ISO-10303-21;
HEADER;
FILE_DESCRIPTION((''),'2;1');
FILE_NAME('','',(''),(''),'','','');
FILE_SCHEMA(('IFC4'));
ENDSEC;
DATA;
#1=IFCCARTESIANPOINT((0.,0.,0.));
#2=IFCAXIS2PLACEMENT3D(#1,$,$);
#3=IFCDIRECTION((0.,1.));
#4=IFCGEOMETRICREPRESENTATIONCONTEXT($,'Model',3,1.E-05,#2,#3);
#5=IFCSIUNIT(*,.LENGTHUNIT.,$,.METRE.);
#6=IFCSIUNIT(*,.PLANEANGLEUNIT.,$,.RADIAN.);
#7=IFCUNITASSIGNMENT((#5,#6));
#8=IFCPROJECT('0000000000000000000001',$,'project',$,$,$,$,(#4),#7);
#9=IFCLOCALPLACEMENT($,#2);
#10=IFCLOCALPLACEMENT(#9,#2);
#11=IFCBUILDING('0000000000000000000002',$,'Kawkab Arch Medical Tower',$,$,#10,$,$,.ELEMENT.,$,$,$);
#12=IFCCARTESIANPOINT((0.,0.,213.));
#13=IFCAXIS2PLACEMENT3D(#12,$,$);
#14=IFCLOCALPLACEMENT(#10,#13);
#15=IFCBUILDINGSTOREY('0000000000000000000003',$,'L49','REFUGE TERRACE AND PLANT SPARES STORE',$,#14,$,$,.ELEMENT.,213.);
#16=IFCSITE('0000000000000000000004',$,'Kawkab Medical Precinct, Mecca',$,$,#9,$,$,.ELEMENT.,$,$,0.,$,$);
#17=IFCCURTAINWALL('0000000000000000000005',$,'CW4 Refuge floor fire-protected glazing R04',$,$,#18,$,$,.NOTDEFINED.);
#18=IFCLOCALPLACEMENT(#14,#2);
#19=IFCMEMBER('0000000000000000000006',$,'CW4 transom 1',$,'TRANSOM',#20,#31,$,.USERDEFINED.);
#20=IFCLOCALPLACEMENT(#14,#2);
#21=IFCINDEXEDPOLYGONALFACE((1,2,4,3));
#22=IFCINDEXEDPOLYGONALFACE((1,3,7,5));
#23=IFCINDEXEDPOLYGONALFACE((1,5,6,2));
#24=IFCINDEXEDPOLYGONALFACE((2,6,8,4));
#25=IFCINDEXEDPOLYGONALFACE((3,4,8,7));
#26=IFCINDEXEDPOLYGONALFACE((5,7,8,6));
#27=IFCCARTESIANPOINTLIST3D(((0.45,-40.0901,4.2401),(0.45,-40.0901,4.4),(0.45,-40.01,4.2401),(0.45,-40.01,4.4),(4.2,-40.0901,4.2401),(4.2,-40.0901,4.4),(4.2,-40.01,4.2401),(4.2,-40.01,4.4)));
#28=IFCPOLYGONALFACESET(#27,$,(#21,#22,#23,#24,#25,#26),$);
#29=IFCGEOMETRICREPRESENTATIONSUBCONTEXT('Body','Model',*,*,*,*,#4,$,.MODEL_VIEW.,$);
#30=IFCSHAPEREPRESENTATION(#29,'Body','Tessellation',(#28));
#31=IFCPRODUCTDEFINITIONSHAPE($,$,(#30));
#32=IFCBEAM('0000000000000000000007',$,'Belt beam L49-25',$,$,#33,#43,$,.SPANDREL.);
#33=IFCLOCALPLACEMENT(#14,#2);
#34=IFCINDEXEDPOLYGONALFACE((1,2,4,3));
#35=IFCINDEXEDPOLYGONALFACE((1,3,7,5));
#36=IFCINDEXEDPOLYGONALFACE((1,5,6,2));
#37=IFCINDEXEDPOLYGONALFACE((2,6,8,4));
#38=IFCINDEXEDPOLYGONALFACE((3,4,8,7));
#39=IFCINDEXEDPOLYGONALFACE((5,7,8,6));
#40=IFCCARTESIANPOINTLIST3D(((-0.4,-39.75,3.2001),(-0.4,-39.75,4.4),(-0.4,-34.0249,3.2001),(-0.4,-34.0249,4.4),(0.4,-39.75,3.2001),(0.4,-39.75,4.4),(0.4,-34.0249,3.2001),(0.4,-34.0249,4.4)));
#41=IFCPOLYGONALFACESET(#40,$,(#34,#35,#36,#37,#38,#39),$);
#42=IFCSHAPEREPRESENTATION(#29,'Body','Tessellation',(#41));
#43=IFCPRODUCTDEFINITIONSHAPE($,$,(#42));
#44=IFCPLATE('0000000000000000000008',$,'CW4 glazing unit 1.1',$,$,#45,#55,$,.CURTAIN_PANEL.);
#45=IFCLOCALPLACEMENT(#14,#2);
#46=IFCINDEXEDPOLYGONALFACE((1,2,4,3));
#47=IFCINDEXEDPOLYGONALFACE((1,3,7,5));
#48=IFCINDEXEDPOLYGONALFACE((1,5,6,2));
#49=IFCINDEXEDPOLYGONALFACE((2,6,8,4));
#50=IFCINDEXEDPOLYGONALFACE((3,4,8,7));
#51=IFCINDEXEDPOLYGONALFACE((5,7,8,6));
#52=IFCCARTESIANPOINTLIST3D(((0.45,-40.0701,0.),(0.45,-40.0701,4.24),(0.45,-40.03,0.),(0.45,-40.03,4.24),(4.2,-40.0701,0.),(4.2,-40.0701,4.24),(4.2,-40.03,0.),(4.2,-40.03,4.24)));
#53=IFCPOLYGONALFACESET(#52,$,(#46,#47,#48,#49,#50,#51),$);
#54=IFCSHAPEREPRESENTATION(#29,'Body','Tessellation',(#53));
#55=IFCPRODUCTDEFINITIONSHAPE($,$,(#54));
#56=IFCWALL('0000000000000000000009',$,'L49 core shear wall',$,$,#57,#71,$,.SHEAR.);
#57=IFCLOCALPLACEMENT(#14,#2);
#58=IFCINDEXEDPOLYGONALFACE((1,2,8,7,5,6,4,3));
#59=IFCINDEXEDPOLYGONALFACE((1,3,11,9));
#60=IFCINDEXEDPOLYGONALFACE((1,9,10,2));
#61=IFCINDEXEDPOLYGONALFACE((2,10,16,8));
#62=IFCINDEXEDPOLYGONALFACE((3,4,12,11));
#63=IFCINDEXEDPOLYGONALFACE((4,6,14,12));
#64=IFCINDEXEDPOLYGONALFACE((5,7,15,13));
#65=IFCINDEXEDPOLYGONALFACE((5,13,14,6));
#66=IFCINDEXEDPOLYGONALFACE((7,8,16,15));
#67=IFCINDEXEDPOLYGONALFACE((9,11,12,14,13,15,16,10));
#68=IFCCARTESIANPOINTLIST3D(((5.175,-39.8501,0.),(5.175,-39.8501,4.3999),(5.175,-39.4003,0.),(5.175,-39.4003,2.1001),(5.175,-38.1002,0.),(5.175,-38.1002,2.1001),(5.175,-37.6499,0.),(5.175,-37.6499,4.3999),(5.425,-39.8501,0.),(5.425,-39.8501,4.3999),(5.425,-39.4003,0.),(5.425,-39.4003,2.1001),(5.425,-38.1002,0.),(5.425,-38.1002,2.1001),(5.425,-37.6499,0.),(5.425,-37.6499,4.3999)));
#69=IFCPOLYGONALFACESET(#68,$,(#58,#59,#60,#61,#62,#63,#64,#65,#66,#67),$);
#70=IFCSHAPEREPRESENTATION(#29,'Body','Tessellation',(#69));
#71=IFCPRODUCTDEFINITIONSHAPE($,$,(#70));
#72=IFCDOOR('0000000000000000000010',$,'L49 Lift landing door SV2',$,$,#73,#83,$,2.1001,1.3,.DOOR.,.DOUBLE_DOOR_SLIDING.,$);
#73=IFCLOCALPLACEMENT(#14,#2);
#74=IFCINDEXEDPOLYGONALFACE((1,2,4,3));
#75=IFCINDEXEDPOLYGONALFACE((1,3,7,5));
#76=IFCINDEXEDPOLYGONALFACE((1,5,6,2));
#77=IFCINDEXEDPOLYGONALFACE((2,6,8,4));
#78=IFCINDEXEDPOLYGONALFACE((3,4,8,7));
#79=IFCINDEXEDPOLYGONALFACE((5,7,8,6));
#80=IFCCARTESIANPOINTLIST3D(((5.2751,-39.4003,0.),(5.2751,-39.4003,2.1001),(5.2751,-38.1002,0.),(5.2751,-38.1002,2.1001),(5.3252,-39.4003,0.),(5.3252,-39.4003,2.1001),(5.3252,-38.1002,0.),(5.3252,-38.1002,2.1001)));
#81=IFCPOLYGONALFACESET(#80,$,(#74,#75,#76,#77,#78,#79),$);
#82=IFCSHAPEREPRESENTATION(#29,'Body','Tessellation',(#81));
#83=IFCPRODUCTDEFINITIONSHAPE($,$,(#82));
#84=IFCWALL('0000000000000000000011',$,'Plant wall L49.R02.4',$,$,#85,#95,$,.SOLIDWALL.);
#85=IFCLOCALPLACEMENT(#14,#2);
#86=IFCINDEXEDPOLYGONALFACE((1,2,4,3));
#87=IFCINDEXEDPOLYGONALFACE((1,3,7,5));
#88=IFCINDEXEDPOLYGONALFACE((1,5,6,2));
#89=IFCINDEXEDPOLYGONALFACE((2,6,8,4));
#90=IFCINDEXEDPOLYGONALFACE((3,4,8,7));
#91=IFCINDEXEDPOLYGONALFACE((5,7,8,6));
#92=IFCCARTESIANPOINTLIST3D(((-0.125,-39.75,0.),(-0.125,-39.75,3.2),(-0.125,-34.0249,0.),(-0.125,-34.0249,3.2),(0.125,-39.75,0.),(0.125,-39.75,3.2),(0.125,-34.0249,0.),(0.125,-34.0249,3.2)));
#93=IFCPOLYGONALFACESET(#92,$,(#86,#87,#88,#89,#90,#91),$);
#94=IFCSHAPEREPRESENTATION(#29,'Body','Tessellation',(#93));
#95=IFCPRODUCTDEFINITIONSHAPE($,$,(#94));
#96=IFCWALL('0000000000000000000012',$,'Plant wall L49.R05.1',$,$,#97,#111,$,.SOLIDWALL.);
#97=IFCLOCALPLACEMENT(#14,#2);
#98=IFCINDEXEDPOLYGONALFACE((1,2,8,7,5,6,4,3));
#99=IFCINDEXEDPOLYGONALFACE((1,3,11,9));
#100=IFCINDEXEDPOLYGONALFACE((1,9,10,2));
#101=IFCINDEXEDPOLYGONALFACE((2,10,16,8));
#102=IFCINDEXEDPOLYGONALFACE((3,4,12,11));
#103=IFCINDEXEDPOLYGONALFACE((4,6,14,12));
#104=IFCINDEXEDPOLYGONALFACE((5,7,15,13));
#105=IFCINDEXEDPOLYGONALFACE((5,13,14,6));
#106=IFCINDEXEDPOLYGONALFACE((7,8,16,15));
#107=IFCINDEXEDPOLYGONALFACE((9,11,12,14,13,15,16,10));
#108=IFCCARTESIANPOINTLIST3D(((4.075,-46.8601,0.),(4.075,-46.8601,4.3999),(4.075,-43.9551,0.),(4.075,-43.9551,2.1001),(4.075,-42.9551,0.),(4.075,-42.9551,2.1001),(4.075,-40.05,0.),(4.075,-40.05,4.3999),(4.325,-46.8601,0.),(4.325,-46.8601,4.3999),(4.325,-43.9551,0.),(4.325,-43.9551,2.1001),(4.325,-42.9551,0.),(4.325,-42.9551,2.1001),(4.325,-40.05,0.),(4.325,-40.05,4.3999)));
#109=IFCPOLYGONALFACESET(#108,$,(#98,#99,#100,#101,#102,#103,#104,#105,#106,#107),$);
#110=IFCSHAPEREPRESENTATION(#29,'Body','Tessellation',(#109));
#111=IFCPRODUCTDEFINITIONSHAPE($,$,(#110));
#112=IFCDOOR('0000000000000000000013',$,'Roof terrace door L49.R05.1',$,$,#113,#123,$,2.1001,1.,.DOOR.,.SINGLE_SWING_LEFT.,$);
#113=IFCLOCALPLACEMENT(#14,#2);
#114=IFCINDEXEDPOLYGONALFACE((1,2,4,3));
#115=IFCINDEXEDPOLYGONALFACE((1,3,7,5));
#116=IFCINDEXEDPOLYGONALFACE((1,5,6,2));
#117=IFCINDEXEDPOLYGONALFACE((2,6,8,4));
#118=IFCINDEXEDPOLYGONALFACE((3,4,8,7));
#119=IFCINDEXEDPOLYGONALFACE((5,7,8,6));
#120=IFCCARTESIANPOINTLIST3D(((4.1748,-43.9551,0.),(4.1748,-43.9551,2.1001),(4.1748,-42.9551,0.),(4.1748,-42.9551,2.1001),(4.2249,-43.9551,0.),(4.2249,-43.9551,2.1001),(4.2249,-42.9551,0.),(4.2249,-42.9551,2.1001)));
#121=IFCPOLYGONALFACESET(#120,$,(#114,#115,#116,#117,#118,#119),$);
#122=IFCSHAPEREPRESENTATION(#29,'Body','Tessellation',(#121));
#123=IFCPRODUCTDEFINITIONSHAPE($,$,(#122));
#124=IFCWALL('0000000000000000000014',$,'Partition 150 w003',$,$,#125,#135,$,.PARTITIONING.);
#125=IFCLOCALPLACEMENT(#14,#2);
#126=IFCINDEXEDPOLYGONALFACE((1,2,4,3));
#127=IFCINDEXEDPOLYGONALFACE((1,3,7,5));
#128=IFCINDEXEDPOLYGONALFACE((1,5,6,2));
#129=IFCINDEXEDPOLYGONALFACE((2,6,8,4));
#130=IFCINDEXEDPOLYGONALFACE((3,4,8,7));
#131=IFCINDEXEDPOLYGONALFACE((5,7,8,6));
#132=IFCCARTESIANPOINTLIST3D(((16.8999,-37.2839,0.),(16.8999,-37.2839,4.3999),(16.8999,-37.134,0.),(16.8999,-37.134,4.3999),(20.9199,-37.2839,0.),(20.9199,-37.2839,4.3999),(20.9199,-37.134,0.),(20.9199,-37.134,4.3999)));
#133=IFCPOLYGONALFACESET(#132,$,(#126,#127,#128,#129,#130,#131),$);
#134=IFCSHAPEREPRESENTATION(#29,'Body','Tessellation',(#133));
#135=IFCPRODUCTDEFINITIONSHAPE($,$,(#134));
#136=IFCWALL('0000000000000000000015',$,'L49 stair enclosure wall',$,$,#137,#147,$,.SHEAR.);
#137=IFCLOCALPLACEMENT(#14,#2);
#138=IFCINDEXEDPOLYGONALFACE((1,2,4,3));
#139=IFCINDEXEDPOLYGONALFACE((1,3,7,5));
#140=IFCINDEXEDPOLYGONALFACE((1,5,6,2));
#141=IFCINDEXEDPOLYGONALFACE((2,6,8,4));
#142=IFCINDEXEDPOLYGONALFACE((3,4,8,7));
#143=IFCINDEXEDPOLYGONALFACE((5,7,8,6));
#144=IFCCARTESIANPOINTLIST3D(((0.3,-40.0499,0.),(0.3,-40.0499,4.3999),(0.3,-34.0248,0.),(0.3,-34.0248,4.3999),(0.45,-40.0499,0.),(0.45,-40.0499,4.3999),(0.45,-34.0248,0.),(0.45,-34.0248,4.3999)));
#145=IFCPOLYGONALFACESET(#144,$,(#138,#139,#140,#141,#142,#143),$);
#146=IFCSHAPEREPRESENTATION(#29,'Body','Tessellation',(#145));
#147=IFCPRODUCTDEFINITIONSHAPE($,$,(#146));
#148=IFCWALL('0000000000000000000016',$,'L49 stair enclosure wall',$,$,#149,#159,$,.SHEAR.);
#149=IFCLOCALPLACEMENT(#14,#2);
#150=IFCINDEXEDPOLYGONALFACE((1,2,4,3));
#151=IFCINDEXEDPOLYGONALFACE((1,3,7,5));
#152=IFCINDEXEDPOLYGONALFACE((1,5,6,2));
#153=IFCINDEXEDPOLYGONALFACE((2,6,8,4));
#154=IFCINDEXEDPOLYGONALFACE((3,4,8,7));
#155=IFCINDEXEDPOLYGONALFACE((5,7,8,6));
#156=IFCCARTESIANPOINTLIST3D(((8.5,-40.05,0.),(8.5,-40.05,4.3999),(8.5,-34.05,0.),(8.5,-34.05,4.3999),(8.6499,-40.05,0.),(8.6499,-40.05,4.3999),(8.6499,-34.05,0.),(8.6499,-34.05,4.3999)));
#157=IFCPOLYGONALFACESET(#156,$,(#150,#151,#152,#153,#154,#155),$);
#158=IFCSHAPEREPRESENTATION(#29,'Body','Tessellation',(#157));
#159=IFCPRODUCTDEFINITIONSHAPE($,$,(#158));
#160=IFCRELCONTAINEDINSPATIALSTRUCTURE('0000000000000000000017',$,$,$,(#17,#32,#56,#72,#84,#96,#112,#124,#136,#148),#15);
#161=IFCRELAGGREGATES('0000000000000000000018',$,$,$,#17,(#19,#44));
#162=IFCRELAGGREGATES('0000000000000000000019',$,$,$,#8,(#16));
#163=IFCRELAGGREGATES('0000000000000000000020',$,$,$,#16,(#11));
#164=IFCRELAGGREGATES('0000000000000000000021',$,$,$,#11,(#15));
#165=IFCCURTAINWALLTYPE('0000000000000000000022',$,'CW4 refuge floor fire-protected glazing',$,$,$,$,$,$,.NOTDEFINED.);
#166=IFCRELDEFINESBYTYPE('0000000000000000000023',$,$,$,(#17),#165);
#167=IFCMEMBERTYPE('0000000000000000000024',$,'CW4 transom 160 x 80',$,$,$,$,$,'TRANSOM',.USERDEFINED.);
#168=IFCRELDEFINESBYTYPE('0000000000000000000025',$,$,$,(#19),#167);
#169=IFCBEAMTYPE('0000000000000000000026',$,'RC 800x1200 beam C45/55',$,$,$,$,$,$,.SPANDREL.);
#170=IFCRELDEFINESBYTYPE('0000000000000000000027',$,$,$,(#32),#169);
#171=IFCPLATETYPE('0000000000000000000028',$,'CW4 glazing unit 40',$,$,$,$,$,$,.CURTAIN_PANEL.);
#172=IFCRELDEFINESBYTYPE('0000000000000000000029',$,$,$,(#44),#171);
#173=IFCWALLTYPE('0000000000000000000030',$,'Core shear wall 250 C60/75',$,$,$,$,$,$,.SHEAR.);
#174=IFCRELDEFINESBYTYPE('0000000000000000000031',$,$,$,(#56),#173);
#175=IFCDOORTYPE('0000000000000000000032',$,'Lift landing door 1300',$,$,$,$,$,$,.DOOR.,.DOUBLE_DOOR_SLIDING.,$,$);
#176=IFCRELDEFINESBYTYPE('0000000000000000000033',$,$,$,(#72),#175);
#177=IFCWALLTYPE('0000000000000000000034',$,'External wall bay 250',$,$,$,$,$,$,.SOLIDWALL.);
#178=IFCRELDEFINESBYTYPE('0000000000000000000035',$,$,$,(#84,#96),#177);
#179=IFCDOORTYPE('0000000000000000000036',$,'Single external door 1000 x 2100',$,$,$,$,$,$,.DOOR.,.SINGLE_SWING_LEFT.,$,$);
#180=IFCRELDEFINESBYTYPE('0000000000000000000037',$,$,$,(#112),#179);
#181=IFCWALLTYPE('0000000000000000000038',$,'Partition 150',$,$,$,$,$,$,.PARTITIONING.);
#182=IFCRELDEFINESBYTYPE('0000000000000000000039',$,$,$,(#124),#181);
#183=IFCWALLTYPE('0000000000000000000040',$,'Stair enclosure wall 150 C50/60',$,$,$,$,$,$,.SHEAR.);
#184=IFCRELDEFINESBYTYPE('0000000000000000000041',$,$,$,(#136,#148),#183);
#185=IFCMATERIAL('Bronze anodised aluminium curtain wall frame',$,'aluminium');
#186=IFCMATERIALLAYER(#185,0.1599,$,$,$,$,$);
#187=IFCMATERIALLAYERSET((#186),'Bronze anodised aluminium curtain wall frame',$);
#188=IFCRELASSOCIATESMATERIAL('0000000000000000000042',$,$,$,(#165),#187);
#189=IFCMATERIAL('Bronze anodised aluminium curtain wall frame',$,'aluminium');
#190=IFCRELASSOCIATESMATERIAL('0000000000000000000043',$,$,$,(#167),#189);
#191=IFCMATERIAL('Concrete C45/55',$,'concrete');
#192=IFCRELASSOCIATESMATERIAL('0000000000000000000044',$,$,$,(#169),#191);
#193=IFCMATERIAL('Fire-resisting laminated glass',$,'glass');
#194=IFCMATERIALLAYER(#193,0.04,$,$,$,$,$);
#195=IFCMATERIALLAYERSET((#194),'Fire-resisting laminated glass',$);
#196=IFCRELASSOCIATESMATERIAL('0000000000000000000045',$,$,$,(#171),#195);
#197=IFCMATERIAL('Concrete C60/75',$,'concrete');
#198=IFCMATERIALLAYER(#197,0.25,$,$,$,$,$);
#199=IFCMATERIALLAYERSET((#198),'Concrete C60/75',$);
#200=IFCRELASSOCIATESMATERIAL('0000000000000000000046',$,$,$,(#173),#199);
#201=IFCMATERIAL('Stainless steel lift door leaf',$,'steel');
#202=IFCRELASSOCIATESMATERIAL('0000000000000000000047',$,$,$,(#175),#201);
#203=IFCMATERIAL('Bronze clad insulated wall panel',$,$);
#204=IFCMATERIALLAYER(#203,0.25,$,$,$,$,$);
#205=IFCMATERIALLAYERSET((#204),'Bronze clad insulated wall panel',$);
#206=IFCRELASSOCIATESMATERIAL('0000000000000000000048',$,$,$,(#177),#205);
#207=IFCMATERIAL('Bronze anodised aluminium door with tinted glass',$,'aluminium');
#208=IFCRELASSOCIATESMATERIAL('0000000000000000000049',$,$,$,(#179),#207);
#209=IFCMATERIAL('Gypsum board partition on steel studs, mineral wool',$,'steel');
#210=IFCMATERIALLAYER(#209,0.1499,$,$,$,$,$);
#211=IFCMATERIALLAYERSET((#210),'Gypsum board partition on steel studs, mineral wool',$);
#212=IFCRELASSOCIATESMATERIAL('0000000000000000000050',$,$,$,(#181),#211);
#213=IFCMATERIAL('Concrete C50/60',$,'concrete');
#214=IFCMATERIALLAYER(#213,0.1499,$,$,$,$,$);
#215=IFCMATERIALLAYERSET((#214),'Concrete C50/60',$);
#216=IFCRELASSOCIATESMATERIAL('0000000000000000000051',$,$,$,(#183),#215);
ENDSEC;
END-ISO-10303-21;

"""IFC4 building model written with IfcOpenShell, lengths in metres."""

from ifc_helpers import new_model, si_unit, direction, frame, frame_2d, origin, origin_2d, place, context, subcontext, project, spatial, rectangle, extrude, material, layer, layer_set, material_profile, profile_set, type_object, element, fill, aggregate, save


model = new_model("IFC4")

# Units and contexts
model_context = context("Model", 3, precision=1e-05, world=origin(), true_north=direction((0.0, 1.0)))
body_context = subcontext(model_context, "Body", "Model", "MODEL_VIEW")
ifc_project = project(units=[si_unit("LENGTHUNIT", "METRE"), si_unit("PLANEANGLEUNIT", "RADIAN")], contexts=[model_context])

# Site, building, storey
site_placement = place(None, origin())
site = spatial("IfcSite", under=ifc_project, at=site_placement, Name="Kawkab Medical Precinct, Mecca", CompositionType="ELEMENT", RefElevation=0.0)
building_placement = place(site_placement, origin())
building = spatial("IfcBuilding", under=site, at=building_placement, Name="Kawkab Arch Medical Tower", CompositionType="ELEMENT")
storey_placement = place(building_placement, frame((0.0, 0.0, 213.0)))
storey = spatial("IfcBuildingStorey", under=building, at=storey_placement, Name="L49", Description="REFUGE TERRACE AND PLANT SPARES STORE", CompositionType="ELEMENT", Elevation=213.0)

# Curtain wall, member
ifc_material_1 = material(Name="Bronze anodised aluminium curtain wall frame", Category="aluminium")
ifc_layer_1 = layer(ifc_material_1, 0.1599)
ifc_layer_set_1 = layer_set([ifc_layer_1], Name="Bronze anodised aluminium curtain wall frame")
curtain_wall_type = type_object("IfcCurtainWallType", Name="CW4 refuge floor fire-protected glazing", PredefinedType="NOTDEFINED", material=ifc_layer_set_1)
placement = place(storey_placement, origin())
curtain_wall = element("IfcCurtainWall", 1, at=placement, inside=storey, type_object=curtain_wall_type, Name="CW4 Refuge floor fire-protected glazing R04", PredefinedType="NOTDEFINED")
ifc_material_2 = material(Name="Bronze anodised aluminium curtain wall frame", Category="aluminium")
ifc_material_profile_1 = material_profile(ifc_material_2, rectangle(XDim=0.0801, YDim=0.1599, at=origin_2d()), Name="AL 80x160")
ifc_profile_set_1 = profile_set([ifc_material_profile_1], Name="Bronze anodised aluminium curtain wall frame")
member_type = type_object("IfcMemberType", Name="CW4 transom 160 x 80", ElementType="TRANSOM", PredefinedType="USERDEFINED", material=ifc_profile_set_1)
member_placement = place(storey_placement, frame((0.45, -40.05, 4.3201), z_axis=(1.0, 0.0, 0.0), x_axis=(0.0, 1.0, 0.0)))
member = element("IfcMember", 2, at=member_placement, type_object=member_type, Name="CW4 transom 1", ObjectType="TRANSOM", PredefinedType="USERDEFINED", context=body_context, shape_type="SweptSolid", body=[
    extrude(rectangle(XDim=0.0801, YDim=0.1599, at=origin_2d()), origin(), (0.0, 0.0, 1.0), 3.75),
])

# Beam
ifc_material_3 = material(Name="Concrete C45/55", Category="concrete")
ifc_material_profile_2 = material_profile(ifc_material_3, rectangle(XDim=0.8, YDim=1.2, at=origin_2d()), Name="RC 800x1200")
ifc_profile_set_2 = profile_set([ifc_material_profile_2], Name="Concrete C45/55")
beam_type = type_object("IfcBeamType", Name="RC 800x1200 beam C45/55", PredefinedType="SPANDREL", material=ifc_profile_set_2)
beam_placement = place(storey_placement, frame((0.0, -39.75, 3.8), z_axis=(0.0, 1.0, 0.0), x_axis=(-1.0, 0.0, 0.0)))
element("IfcBeam", 3, at=beam_placement, inside=storey, type_object=beam_type, Name="Belt beam L49-25", PredefinedType="SPANDREL", context=body_context, shape_type="SweptSolid", body=[
    extrude(rectangle(XDim=0.8, YDim=1.2, at=origin_2d()), origin(), (0.0, 0.0, 1.0), 5.7251),
])

# Plate
ifc_material_4 = material(Name="Fire-resisting laminated glass", Category="glass")
ifc_layer_2 = layer(ifc_material_4, 0.04)
ifc_layer_set_2 = layer_set([ifc_layer_2], Name="Fire-resisting laminated glass")
plate_type = type_object("IfcPlateType", Name="CW4 glazing unit 40", PredefinedType="CURTAIN_PANEL", material=ifc_layer_set_2)
plate_placement = place(storey_placement, frame((2.325, -40.05, 0.0), z_axis=(0.0, 0.0, 1.0), x_axis=(1.0, 0.0, 0.0)))
plate = element("IfcPlate", 4, at=plate_placement, type_object=plate_type, Name="CW4 glazing unit 1.1", PredefinedType="CURTAIN_PANEL", context=body_context, shape_type="SweptSolid", body=[
    extrude(rectangle(XDim=3.75, YDim=0.04, at=origin_2d()), origin(), (0.0, 0.0, 1.0), 4.24),
])
aggregate(curtain_wall, [member, plate])

# Wall, opening, door
ifc_material_5 = material(Name="Concrete C60/75", Category="concrete")
ifc_layer_3 = layer(ifc_material_5, 0.25)
ifc_layer_set_3 = layer_set([ifc_layer_3], Name="Concrete C60/75")
wall_type_1 = type_object("IfcWallType", Name="Core shear wall 250 C60/75", PredefinedType="SHEAR", material=ifc_layer_set_3)
wall_1_placement = place(storey_placement, frame((5.3, -39.8501, 0.0), z_axis=(0.0, 0.0, 1.0), x_axis=(0.0, 1.0, 0.0)))
wall_1 = element("IfcWall", 5, at=wall_1_placement, inside=storey, type_object=wall_type_1, Name="L49 core shear wall", PredefinedType="SHEAR", context=body_context, shape_type="SweptSolid", body=[
    extrude(rectangle(XDim=2.2002, YDim=0.25, at=frame_2d((1.1001, 0.0))), origin(), (0.0, 0.0, 1.0), 4.3999),
])
opening_1_placement = place(wall_1_placement, frame((0.45, 0.0, 0.0)))
opening_1 = element("IfcOpeningElement", 6, at=opening_1_placement, cuts=wall_1, PredefinedType="OPENING", context=body_context, shape_type="SweptSolid", body=[
    extrude(rectangle(XDim=1.3, YDim=2.1001, at=frame_2d((0.6499, 1.05))), frame((0.0, 0.135, 0.0), z_axis=(0.0, -1.0, 0.0), x_axis=(1.0, 0.0, 0.0)), (0.0, 0.0, 1.0), 0.27),
])
ifc_material_6 = material(Name="Stainless steel lift door leaf", Category="steel")
door_type_1 = type_object("IfcDoorType", Name="Lift landing door 1300", OperationType="DOUBLE_DOOR_SLIDING", PredefinedType="DOOR", material=ifc_material_6)
door_1_placement = place(opening_1_placement, origin())
door_1 = element("IfcDoor", 7, at=door_1_placement, inside=storey, type_object=door_type_1, Name="L49 Lift landing door SV2", OperationType="DOUBLE_DOOR_SLIDING", OverallHeight=2.1001, OverallWidth=1.3, PredefinedType="DOOR", context=body_context, shape_type="SweptSolid", body=[
    extrude(rectangle(XDim=1.3, YDim=2.1001, at=frame_2d((0.6499, 1.05))), frame((0.0, 0.0249, 0.0), z_axis=(0.0, -1.0, 0.0), x_axis=(1.0, 0.0, 0.0)), (0.0, 0.0, 1.0), 0.05),
])
fill(opening_1, door_1)

# Wall
ifc_material_7 = material(Name="Bronze clad insulated wall panel")
ifc_layer_4 = layer(ifc_material_7, 0.25)
ifc_layer_set_4 = layer_set([ifc_layer_4], Name="Bronze clad insulated wall panel")
wall_type_2 = type_object("IfcWallType", Name="External wall bay 250", PredefinedType="SOLIDWALL", material=ifc_layer_set_4)
wall_2_placement = place(storey_placement, frame((0.0, -34.0249, 0.0), z_axis=(0.0, 0.0, 1.0), x_axis=(0.0, -1.0, 0.0)))
element("IfcWall", 8, at=wall_2_placement, inside=storey, type_object=wall_type_2, Name="Plant wall L49.R02.4", PredefinedType="SOLIDWALL", context=body_context, shape_type="SweptSolid", body=[
    extrude(rectangle(XDim=5.7251, YDim=0.25, at=frame_2d((2.8625, 0.0))), origin(), (0.0, 0.0, 1.0), 3.2),
])

# Wall, opening, door
wall_3_placement = place(storey_placement, frame((4.2, -40.05, 0.0), z_axis=(0.0, 0.0, 1.0), x_axis=(0.0, -1.0, 0.0)))
wall_3 = element("IfcWall", 9, at=wall_3_placement, inside=storey, type_object=wall_type_2, Name="Plant wall L49.R05.1", PredefinedType="SOLIDWALL", context=body_context, shape_type="SweptSolid", body=[
    extrude(rectangle(XDim=6.8101, YDim=0.25, at=frame_2d((3.405, 0.0))), origin(), (0.0, 0.0, 1.0), 4.3999),
])
opening_2_placement = place(wall_3_placement, frame((2.905, 0.0, 0.0)))
opening_2 = element("IfcOpeningElement", 10, at=opening_2_placement, cuts=wall_3, PredefinedType="OPENING", context=body_context, shape_type="SweptSolid", body=[
    extrude(rectangle(XDim=1.0, YDim=2.1001, at=frame_2d((0.5, 1.05))), frame((0.0, 0.135, 0.0), z_axis=(0.0, -1.0, 0.0), x_axis=(1.0, 0.0, 0.0)), (0.0, 0.0, 1.0), 0.27),
])
ifc_material_8 = material(Name="Bronze anodised aluminium door with tinted glass", Category="aluminium")
door_type_2 = type_object("IfcDoorType", Name="Single external door 1000 x 2100", OperationType="SINGLE_SWING_LEFT", PredefinedType="DOOR", material=ifc_material_8)
door_2_placement = place(opening_2_placement, origin())
door_2 = element("IfcDoor", 11, at=door_2_placement, inside=storey, type_object=door_type_2, Name="Roof terrace door L49.R05.1", OperationType="SINGLE_SWING_LEFT", OverallHeight=2.1001, OverallWidth=1.0, PredefinedType="DOOR", context=body_context, shape_type="SweptSolid", body=[
    extrude(rectangle(XDim=1.0, YDim=2.1001, at=frame_2d((0.5, 1.05))), frame((0.0, 0.0249, 0.0), z_axis=(0.0, -1.0, 0.0), x_axis=(1.0, 0.0, 0.0)), (0.0, 0.0, 1.0), 0.05),
])
fill(opening_2, door_2)

# Walls
ifc_material_9 = material(Name="Gypsum board partition on steel studs, mineral wool", Category="steel")
ifc_layer_5 = layer(ifc_material_9, 0.1499)
ifc_layer_set_5 = layer_set([ifc_layer_5], Name="Gypsum board partition on steel studs, mineral wool")
wall_type_3 = type_object("IfcWallType", Name="Partition 150", PredefinedType="PARTITIONING", material=ifc_layer_set_5)
wall_4_placement = place(storey_placement, frame((16.8999, -37.209, 0.0), z_axis=(0.0, 0.0, 1.0), x_axis=(1.0, 0.0, 0.0)))
element("IfcWall", 12, at=wall_4_placement, inside=storey, type_object=wall_type_3, Name="Partition 150 w003", PredefinedType="PARTITIONING", context=body_context, shape_type="SweptSolid", body=[
    extrude(rectangle(XDim=4.02, YDim=0.1499, at=frame_2d((2.01, 0.0))), origin(), (0.0, 0.0, 1.0), 4.3999),
])
ifc_material_10 = material(Name="Concrete C50/60", Category="concrete")
ifc_layer_6 = layer(ifc_material_10, 0.1499)
ifc_layer_set_6 = layer_set([ifc_layer_6], Name="Concrete C50/60")
wall_type_4 = type_object("IfcWallType", Name="Stair enclosure wall 150 C50/60", PredefinedType="SHEAR", material=ifc_layer_set_6)
wall_5_placement = place(storey_placement, frame((0.375, -40.05, 0.0), z_axis=(0.0, 0.0, 1.0), x_axis=(0.0, 1.0, 0.0)))
element("IfcWall", 13, at=wall_5_placement, inside=storey, type_object=wall_type_4, Name="L49 stair enclosure wall", PredefinedType="SHEAR", context=body_context, shape_type="SweptSolid", body=[
    extrude(rectangle(XDim=6.0251, YDim=0.1499, at=frame_2d((3.0127, 0.0))), origin(), (0.0, 0.0, 1.0), 4.3999),
])
wall_6_placement = place(storey_placement, frame((8.575, -40.05, 0.0), z_axis=(0.0, 0.0, 1.0), x_axis=(0.0, 1.0, 0.0)))
element("IfcWall", 14, at=wall_6_placement, inside=storey, type_object=wall_type_4, Name="L49 stair enclosure wall", PredefinedType="SHEAR", context=body_context, shape_type="SweptSolid", body=[
    extrude(rectangle(XDim=6.0, YDim=0.1499, at=frame_2d((3.0, 0.0))), origin(), (0.0, 0.0, 1.0), 4.3999),
])

save(model, "model.ifc")
